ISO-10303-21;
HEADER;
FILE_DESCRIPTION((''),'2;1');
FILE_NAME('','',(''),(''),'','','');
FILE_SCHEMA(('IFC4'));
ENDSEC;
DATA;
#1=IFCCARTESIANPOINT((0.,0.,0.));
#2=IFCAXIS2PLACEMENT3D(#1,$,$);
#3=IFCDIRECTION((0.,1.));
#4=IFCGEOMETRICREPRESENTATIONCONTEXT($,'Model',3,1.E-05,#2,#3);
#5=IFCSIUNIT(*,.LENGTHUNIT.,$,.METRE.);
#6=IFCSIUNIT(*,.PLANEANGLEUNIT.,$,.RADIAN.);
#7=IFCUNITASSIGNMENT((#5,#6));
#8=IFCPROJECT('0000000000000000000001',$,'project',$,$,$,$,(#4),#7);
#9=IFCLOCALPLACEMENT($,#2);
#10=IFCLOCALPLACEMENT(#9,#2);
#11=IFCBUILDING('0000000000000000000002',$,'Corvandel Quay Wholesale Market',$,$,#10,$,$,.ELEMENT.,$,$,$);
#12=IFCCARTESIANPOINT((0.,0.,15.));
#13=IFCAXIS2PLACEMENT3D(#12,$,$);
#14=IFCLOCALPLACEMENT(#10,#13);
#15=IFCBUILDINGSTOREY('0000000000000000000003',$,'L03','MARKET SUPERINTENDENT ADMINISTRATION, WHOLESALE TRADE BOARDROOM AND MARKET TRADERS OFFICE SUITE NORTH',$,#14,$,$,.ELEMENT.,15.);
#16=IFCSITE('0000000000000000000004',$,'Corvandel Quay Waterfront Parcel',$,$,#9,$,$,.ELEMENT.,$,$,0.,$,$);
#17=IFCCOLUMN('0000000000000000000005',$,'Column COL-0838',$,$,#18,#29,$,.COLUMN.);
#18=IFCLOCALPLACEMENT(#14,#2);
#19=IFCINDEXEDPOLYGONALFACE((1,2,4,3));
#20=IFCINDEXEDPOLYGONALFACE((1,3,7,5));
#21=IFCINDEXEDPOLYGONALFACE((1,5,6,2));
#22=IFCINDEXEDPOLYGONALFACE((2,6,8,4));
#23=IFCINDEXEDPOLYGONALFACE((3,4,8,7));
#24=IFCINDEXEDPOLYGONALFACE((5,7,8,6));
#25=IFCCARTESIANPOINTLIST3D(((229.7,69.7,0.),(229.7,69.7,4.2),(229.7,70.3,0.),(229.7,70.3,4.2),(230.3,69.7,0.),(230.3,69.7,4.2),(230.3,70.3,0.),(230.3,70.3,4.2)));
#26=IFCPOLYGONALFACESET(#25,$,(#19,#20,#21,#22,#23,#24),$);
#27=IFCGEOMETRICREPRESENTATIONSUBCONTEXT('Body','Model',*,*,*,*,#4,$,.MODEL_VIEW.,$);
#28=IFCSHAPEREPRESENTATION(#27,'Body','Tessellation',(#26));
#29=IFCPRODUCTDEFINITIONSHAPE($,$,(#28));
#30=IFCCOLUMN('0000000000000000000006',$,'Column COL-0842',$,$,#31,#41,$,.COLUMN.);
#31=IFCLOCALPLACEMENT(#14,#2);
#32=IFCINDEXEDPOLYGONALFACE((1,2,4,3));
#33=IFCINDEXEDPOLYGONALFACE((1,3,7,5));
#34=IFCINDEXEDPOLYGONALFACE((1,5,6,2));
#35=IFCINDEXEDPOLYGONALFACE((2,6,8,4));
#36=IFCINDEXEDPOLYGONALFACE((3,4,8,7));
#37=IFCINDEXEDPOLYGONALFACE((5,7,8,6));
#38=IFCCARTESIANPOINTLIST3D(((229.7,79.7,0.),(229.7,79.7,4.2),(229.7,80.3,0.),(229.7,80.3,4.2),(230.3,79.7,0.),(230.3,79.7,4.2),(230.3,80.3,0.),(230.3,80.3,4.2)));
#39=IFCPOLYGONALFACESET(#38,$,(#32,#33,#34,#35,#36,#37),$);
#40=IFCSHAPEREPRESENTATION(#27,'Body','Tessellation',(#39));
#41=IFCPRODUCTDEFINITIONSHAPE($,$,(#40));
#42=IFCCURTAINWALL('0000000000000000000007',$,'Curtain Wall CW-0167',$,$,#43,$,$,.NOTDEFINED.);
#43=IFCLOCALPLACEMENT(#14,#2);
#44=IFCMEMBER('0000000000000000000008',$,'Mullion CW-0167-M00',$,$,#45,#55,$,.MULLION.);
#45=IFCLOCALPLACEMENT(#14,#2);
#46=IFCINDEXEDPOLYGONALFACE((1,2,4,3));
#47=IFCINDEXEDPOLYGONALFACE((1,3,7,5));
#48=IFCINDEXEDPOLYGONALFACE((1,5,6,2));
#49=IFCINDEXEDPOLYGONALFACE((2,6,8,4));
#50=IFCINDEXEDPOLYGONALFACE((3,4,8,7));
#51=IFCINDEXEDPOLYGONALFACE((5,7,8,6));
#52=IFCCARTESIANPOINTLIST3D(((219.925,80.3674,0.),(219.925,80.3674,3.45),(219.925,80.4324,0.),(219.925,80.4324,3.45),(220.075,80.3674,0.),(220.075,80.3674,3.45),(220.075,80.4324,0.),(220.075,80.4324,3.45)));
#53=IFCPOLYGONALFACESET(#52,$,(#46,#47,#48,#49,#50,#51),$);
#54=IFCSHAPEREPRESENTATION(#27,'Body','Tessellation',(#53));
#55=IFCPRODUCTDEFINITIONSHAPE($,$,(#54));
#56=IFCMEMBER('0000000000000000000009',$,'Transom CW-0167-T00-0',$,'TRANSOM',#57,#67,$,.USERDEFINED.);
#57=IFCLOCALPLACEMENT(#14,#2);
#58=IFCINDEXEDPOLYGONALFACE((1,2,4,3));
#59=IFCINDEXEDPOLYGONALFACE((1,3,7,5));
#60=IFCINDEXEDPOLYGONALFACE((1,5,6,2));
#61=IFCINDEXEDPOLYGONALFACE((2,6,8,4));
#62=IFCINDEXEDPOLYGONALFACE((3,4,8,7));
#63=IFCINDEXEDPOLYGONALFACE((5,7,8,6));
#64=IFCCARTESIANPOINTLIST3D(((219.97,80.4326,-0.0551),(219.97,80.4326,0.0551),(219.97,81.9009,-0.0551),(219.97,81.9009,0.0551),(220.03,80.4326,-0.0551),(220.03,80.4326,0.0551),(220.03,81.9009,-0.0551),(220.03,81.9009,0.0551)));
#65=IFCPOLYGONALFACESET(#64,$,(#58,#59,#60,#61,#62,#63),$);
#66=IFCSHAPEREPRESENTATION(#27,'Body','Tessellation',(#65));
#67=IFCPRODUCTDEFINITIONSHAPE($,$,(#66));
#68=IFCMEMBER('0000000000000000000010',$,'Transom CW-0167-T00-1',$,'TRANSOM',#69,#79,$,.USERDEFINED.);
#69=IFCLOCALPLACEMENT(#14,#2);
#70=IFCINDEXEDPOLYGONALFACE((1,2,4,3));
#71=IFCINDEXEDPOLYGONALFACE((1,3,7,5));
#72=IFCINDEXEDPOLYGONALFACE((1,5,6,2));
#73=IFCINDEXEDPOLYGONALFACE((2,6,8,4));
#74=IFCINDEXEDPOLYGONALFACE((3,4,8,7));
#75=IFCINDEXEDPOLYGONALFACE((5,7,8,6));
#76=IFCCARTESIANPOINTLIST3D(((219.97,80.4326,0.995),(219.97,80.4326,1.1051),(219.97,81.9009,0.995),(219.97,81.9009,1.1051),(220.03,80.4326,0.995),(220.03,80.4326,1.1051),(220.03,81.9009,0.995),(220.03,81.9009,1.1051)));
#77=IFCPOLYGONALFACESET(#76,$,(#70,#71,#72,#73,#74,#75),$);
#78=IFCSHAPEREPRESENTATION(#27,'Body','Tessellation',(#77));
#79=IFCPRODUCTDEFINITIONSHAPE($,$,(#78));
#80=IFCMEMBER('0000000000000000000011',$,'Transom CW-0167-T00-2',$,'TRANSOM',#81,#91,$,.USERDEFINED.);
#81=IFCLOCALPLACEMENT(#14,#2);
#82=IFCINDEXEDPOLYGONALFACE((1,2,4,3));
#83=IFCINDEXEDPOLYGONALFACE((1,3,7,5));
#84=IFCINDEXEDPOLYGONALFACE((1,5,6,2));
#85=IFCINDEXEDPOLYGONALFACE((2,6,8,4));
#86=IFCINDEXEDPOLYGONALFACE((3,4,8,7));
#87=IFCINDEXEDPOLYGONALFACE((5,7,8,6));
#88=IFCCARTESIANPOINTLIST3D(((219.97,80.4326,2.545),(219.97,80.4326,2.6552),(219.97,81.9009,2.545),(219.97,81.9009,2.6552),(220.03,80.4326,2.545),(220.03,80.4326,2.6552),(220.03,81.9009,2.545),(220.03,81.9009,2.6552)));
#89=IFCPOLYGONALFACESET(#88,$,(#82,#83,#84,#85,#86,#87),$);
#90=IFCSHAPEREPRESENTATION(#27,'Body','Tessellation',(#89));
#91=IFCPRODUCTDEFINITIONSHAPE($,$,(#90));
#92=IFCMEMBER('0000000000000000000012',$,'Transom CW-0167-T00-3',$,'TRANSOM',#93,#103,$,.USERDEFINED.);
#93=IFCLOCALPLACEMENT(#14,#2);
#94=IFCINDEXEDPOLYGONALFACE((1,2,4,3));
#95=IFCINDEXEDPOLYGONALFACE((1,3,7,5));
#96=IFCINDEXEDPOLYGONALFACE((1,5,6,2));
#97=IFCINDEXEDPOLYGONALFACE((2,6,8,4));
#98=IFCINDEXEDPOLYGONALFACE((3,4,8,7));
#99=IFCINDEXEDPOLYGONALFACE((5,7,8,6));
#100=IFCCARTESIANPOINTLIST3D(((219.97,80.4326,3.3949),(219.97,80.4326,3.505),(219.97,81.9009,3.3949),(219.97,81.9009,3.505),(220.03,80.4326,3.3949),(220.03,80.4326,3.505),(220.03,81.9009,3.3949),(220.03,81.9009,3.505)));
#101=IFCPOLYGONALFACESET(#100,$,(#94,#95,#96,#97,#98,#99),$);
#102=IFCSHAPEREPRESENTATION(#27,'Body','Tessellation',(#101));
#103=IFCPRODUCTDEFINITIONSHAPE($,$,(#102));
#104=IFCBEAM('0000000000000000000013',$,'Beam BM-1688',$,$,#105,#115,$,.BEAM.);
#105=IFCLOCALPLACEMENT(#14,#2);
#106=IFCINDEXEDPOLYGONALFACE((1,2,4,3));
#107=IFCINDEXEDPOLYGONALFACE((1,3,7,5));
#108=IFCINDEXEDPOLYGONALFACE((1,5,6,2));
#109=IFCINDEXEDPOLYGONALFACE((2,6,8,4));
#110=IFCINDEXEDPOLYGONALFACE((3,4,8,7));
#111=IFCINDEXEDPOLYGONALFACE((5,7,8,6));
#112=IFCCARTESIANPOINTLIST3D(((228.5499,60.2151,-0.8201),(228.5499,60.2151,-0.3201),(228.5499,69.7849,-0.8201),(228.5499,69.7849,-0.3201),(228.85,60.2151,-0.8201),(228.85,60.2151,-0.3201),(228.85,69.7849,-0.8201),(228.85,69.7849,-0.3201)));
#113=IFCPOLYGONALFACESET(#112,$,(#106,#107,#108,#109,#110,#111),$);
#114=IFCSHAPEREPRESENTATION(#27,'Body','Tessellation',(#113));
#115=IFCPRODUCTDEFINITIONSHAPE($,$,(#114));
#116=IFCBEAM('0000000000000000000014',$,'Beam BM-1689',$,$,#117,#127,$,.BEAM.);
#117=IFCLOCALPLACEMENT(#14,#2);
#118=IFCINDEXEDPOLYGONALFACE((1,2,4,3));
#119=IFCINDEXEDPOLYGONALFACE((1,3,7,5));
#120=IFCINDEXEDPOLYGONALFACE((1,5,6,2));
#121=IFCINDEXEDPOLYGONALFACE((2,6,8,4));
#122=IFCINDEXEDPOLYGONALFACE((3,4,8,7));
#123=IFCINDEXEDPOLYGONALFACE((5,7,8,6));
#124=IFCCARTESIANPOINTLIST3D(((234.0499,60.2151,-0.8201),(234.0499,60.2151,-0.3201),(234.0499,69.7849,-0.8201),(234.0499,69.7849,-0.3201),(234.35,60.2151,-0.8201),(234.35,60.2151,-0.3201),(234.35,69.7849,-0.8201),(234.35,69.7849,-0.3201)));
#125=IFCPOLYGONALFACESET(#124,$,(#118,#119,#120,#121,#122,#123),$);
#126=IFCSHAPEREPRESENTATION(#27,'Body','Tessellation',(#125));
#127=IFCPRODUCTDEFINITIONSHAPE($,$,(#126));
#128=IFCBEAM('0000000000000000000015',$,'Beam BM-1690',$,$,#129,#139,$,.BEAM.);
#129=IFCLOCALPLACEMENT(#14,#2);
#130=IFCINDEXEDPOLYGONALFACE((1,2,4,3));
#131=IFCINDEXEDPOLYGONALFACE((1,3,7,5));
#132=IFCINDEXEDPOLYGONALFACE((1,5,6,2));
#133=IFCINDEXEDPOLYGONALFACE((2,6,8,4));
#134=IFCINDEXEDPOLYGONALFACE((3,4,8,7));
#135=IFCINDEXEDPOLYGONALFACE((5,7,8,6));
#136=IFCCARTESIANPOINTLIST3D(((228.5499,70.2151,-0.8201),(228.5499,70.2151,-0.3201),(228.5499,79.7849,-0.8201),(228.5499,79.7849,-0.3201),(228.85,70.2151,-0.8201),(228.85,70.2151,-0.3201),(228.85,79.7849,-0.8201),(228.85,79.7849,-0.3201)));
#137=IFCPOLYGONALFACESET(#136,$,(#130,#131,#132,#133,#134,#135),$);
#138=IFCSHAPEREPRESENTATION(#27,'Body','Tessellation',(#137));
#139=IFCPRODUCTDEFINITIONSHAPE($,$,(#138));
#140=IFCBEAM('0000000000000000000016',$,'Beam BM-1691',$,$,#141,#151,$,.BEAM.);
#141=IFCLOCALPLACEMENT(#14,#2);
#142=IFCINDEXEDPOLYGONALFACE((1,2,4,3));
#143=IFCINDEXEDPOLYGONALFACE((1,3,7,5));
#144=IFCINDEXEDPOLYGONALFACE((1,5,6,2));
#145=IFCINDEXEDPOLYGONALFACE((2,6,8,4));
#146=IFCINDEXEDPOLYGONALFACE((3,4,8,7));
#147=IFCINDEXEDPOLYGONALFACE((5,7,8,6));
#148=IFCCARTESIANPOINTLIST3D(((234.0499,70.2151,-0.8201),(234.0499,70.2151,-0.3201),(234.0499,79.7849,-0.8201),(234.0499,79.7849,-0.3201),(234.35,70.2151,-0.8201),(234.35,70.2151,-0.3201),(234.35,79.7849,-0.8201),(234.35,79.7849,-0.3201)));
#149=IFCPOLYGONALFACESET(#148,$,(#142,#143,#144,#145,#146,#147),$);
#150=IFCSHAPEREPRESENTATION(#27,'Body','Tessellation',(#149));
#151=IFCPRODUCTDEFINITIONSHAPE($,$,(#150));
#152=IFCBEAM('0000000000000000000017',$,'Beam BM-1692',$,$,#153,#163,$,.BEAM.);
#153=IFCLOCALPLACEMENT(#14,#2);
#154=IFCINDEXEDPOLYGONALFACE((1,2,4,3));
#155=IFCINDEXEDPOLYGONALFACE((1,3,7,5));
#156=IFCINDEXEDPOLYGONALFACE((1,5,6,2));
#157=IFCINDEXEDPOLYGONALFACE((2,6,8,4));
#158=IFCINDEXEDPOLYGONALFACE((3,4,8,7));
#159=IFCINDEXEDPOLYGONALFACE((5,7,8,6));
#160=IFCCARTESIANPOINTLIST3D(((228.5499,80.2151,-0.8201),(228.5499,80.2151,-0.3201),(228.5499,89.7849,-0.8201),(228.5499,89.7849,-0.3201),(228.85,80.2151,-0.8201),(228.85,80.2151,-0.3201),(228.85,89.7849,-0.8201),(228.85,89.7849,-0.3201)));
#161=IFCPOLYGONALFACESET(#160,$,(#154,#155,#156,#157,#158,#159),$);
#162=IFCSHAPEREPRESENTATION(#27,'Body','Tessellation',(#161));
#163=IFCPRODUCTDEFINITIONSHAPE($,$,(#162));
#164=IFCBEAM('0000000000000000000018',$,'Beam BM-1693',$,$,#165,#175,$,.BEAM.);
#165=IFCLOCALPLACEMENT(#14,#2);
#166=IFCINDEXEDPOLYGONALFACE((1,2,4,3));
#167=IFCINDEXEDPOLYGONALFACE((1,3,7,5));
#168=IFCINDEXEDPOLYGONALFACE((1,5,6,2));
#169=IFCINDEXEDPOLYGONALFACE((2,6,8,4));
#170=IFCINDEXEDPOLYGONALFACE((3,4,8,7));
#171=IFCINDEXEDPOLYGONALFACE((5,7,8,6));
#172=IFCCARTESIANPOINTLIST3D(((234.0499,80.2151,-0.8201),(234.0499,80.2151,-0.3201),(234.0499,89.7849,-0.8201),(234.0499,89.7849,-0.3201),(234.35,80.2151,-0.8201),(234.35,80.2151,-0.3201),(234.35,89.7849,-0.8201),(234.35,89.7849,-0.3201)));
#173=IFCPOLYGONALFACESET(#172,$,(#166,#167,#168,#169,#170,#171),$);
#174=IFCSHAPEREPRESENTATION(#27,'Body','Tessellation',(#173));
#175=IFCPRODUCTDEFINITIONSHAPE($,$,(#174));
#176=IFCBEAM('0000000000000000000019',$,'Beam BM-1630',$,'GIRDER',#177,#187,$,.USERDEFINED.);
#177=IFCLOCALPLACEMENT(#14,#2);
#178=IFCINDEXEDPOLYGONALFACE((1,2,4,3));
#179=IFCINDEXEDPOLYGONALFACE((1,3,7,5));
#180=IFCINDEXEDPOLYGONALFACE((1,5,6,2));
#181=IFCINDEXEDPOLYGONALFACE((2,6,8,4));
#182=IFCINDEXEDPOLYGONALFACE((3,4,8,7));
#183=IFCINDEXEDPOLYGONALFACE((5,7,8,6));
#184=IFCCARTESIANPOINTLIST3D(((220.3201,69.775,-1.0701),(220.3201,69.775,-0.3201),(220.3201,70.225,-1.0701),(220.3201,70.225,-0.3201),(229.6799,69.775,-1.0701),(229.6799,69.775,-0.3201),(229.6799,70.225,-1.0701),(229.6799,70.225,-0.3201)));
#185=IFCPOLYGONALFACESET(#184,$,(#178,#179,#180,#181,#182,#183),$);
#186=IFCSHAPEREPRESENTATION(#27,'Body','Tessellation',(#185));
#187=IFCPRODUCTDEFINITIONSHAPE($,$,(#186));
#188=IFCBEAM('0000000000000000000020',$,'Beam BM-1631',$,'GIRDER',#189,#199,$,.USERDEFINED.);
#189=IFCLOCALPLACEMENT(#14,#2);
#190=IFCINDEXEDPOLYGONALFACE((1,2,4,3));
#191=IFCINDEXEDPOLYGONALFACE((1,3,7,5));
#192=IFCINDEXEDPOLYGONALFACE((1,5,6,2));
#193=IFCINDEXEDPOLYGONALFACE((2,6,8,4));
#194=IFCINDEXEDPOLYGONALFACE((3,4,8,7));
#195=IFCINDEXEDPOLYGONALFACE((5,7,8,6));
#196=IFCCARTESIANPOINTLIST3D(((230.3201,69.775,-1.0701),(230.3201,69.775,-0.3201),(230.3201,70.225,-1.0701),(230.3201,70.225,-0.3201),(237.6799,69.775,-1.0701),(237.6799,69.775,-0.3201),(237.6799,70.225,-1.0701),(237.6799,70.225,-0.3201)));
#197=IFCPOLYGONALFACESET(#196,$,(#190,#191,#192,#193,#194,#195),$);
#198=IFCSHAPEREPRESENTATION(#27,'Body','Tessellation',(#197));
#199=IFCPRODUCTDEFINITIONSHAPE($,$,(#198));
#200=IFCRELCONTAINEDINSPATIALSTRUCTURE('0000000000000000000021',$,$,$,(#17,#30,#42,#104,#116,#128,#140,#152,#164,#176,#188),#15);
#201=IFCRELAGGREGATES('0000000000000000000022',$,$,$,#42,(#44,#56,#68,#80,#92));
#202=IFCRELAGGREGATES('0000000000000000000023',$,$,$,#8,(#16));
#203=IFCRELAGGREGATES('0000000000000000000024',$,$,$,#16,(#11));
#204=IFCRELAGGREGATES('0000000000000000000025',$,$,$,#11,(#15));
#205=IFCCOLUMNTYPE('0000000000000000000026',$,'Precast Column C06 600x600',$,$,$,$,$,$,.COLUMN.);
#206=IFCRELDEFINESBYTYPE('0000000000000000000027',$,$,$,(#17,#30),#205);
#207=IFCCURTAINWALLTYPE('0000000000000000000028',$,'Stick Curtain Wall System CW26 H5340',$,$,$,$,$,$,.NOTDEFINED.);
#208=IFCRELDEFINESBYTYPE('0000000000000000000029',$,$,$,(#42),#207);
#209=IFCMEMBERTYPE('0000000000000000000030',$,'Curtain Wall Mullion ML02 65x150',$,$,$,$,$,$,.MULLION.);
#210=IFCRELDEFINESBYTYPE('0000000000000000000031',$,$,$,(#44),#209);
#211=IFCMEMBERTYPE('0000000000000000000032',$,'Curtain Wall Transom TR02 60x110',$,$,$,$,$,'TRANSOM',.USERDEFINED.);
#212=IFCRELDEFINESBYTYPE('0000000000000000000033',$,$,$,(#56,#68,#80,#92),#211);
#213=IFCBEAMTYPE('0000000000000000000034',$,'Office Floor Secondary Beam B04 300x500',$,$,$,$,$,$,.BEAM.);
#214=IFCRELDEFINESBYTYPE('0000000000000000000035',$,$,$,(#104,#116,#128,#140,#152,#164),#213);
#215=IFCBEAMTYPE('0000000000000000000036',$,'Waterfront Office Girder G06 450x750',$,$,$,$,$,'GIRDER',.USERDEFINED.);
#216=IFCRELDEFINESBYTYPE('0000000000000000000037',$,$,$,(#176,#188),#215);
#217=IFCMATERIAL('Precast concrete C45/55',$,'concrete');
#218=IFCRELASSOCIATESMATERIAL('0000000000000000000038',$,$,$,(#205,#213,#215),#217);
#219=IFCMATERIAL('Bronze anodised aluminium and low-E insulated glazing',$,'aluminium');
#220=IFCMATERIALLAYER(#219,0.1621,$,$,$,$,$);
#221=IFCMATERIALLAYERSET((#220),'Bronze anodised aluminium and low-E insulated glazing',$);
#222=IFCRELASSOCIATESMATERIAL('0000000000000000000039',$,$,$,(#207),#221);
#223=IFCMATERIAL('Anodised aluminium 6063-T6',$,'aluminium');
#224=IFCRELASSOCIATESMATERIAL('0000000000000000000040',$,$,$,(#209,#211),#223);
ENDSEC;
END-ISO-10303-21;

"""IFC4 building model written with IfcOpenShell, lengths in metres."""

from ifc_helpers import new_model, si_unit, direction, frame, origin, origin_2d, place, context, subcontext, project, spatial, rectangle, extrude, material, layer, layer_set, material_profile, profile_set, type_object, element, aggregate, save


model = new_model("IFC4")

# Units and contexts
model_context = context("Model", 3, precision=1e-05, world=origin(), true_north=direction((0.0, 1.0)))
body_context = subcontext(model_context, "Body", "Model", "MODEL_VIEW")
ifc_project = project(units=[si_unit("LENGTHUNIT", "METRE"), si_unit("PLANEANGLEUNIT", "RADIAN")], contexts=[model_context])

# Site, building, storey
site_placement = place(None, origin())
site = spatial("IfcSite", under=ifc_project, at=site_placement, Name="Corvandel Quay Waterfront Parcel", CompositionType="ELEMENT", RefElevation=0.0)
building_placement = place(site_placement, origin())
building = spatial("IfcBuilding", under=site, at=building_placement, Name="Corvandel Quay Wholesale Market", CompositionType="ELEMENT")
storey_placement = place(building_placement, frame((0.0, 0.0, 15.0)))
storey = spatial("IfcBuildingStorey", under=building, at=storey_placement, Name="L03", Description="MARKET SUPERINTENDENT ADMINISTRATION, WHOLESALE TRADE BOARDROOM AND MARKET TRADERS OFFICE SUITE NORTH", CompositionType="ELEMENT", Elevation=15.0)

# Columns
ifc_material_1 = material(Name="Precast concrete C45/55", Category="concrete")
ifc_material_profile_1 = material_profile(ifc_material_1, rectangle(XDim=0.6001, YDim=0.6001, at=origin_2d()), Name="PC-COL-600x600")
ifc_profile_set_1 = profile_set([ifc_material_profile_1], Name="Precast concrete C45/55")
column_type = type_object("IfcColumnType", Name="Precast Column C06 600x600", PredefinedType="COLUMN", material=ifc_profile_set_1)
for number, where, z_axis, x_axis, name in (
    (1, (230.0, 70.0, 0.0), (0.0, 0.0, 1.0), (1.0, 0.0, 0.0), "Column COL-0838"),
    (2, (230.0, 80.0, 0.0), (0.0, 0.0, 1.0), (1.0, 0.0, 0.0), "Column COL-0842"),
):
    element("IfcColumn", number, at=place(storey_placement, frame(where, z_axis=z_axis, x_axis=x_axis)), inside=storey, type_object=column_type, Name=name, PredefinedType="COLUMN", context=body_context, shape_type="SweptSolid", body=[
        extrude(rectangle(XDim=0.6001, YDim=0.6001, at=origin_2d()), origin(), (0.0, 0.0, 1.0), 4.2),
    ])

# Curtain wall, members
ifc_material_2 = material(Name="Bronze anodised aluminium and low-E insulated glazing", Category="aluminium")
ifc_layer_1 = layer(ifc_material_2, 0.1621)
ifc_layer_set_1 = layer_set([ifc_layer_1], Name="Bronze anodised aluminium and low-E insulated glazing")
curtain_wall_type = type_object("IfcCurtainWallType", Name="Stick Curtain Wall System CW26 H5340", PredefinedType="NOTDEFINED", material=ifc_layer_set_1)
curtain_wall_placement = place(storey_placement, origin())
curtain_wall = element("IfcCurtainWall", 3, at=curtain_wall_placement, inside=storey, type_object=curtain_wall_type, Name="Curtain Wall CW-0167", PredefinedType="NOTDEFINED")
ifc_material_3 = material(Name="Anodised aluminium 6063-T6", Category="aluminium")
ifc_material_profile_2 = material_profile(ifc_material_3, rectangle(XDim=0.0649, YDim=0.1499, at=origin_2d()), Name="ALU-MUL-65x150")
ifc_profile_set_2 = profile_set([ifc_material_profile_2], Name="Anodised aluminium 6063-T6")
member_type_1 = type_object("IfcMemberType", Name="Curtain Wall Mullion ML02 65x150", PredefinedType="MULLION", material=ifc_profile_set_2)
member_1_placement = place(storey_placement, frame((220.0, 80.3999, 0.0), z_axis=(0.0, 0.0, 1.0), x_axis=(0.0, 1.0, 0.0)))
member_1 = element("IfcMember", 4, at=member_1_placement, type_object=member_type_1, Name="Mullion CW-0167-M00", PredefinedType="MULLION", context=body_context, shape_type="SweptSolid", body=[
    extrude(rectangle(XDim=0.0649, YDim=0.1499, at=origin_2d()), origin(), (0.0, 0.0, 1.0), 3.45),
])
ifc_material_profile_3 = material_profile(ifc_material_3, rectangle(XDim=0.0601, YDim=0.1101, at=origin_2d()), Name="ALU-TRN-60x110")
ifc_profile_set_3 = profile_set([ifc_material_profile_3], Name="Anodised aluminium 6063-T6")
member_type_2 = type_object("IfcMemberType", Name="Curtain Wall Transom TR02 60x110", ElementType="TRANSOM", PredefinedType="USERDEFINED", material=ifc_profile_set_3)
member_2_placement = place(storey_placement, frame((220.0, 80.4326, 0.0), z_axis=(0.0, 1.0, 0.0), x_axis=(-1.0, 0.0, 0.0)))
member_2 = element("IfcMember", 5, at=member_2_placement, type_object=member_type_2, Name="Transom CW-0167-T00-0", ObjectType="TRANSOM", PredefinedType="USERDEFINED", context=body_context, shape_type="SweptSolid", body=[
    extrude(rectangle(XDim=0.0601, YDim=0.1101, at=origin_2d()), origin(), (0.0, 0.0, 1.0), 1.4683),
])
member_3_placement = place(storey_placement, frame((220.0, 80.4326, 1.05), z_axis=(0.0, 1.0, 0.0), x_axis=(-1.0, 0.0, 0.0)))
member_3 = element("IfcMember", 6, at=member_3_placement, type_object=member_type_2, Name="Transom CW-0167-T00-1", ObjectType="TRANSOM", PredefinedType="USERDEFINED", context=body_context, shape_type="SweptSolid", body=[
    extrude(rectangle(XDim=0.0601, YDim=0.1101, at=origin_2d()), origin(), (0.0, 0.0, 1.0), 1.4683),
])
member_4_placement = place(storey_placement, frame((220.0, 80.4326, 2.6001), z_axis=(0.0, 1.0, 0.0), x_axis=(-1.0, 0.0, 0.0)))
member_4 = element("IfcMember", 7, at=member_4_placement, type_object=member_type_2, Name="Transom CW-0167-T00-2", ObjectType="TRANSOM", PredefinedType="USERDEFINED", context=body_context, shape_type="SweptSolid", body=[
    extrude(rectangle(XDim=0.0601, YDim=0.1101, at=origin_2d()), origin(), (0.0, 0.0, 1.0), 1.4683),
])
member_5_placement = place(storey_placement, frame((220.0, 80.4326, 3.45), z_axis=(0.0, 1.0, 0.0), x_axis=(-1.0, 0.0, 0.0)))
member_5 = element("IfcMember", 8, at=member_5_placement, type_object=member_type_2, Name="Transom CW-0167-T00-3", ObjectType="TRANSOM", PredefinedType="USERDEFINED", context=body_context, shape_type="SweptSolid", body=[
    extrude(rectangle(XDim=0.0601, YDim=0.1101, at=origin_2d()), origin(), (0.0, 0.0, 1.0), 1.4683),
])
aggregate(curtain_wall, [member_1, member_2, member_3, member_4, member_5])

# Beams
ifc_material_profile_4 = material_profile(ifc_material_1, rectangle(XDim=0.3, YDim=0.5, at=origin_2d()), Name="PC-BM-300x500")
ifc_profile_set_4 = profile_set([ifc_material_profile_4], Name="Precast concrete C45/55")
beam_type_1 = type_object("IfcBeamType", Name="Office Floor Secondary Beam B04 300x500", PredefinedType="BEAM", material=ifc_profile_set_4)
for number, where, z_axis, x_axis, name in (
    (9, (228.7, 60.2151, -0.5701), (0.0, 1.0, 0.0), (-1.0, 0.0, 0.0), "Beam BM-1688"),
    (10, (234.2, 60.2151, -0.5701), (0.0, 1.0, 0.0), (-1.0, 0.0, 0.0), "Beam BM-1689"),
    (11, (228.7, 70.2151, -0.5701), (0.0, 1.0, 0.0), (-1.0, 0.0, 0.0), "Beam BM-1690"),
    (12, (234.2, 70.2151, -0.5701), (0.0, 1.0, 0.0), (-1.0, 0.0, 0.0), "Beam BM-1691"),
    (13, (228.7, 80.2151, -0.5701), (0.0, 1.0, 0.0), (-1.0, 0.0, 0.0), "Beam BM-1692"),
    (14, (234.2, 80.2151, -0.5701), (0.0, 1.0, 0.0), (-1.0, 0.0, 0.0), "Beam BM-1693"),
):
    element("IfcBeam", number, at=place(storey_placement, frame(where, z_axis=z_axis, x_axis=x_axis)), inside=storey, type_object=beam_type_1, Name=name, PredefinedType="BEAM", context=body_context, shape_type="SweptSolid", body=[
        extrude(rectangle(XDim=0.3, YDim=0.5, at=origin_2d()), origin(), (0.0, 0.0, 1.0), 9.5698),
    ])
ifc_material_profile_5 = material_profile(ifc_material_1, rectangle(XDim=0.45, YDim=0.75, at=origin_2d()), Name="PC-GIR-450x750")
ifc_profile_set_5 = profile_set([ifc_material_profile_5], Name="Precast concrete C45/55")
beam_type_2 = type_object("IfcBeamType", Name="Waterfront Office Girder G06 450x750", ElementType="GIRDER", PredefinedType="USERDEFINED", material=ifc_profile_set_5)
beam_1_placement = place(storey_placement, frame((220.3201, 70.0, -0.6951), z_axis=(1.0, 0.0, 0.0), x_axis=(0.0, 1.0, 0.0)))
element("IfcBeam", 15, at=beam_1_placement, inside=storey, type_object=beam_type_2, Name="Beam BM-1630", ObjectType="GIRDER", PredefinedType="USERDEFINED", context=body_context, shape_type="SweptSolid", body=[
    extrude(rectangle(XDim=0.45, YDim=0.75, at=origin_2d()), origin(), (0.0, 0.0, 1.0), 9.3599),
])
beam_2_placement = place(storey_placement, frame((230.3201, 70.0, -0.6951), z_axis=(1.0, 0.0, 0.0), x_axis=(0.0, 1.0, 0.0)))
element("IfcBeam", 16, at=beam_2_placement, inside=storey, type_object=beam_type_2, Name="Beam BM-1631", ObjectType="GIRDER", PredefinedType="USERDEFINED", context=body_context, shape_type="SweptSolid", body=[
    extrude(rectangle(XDim=0.45, YDim=0.75, at=origin_2d()), origin(), (0.0, 0.0, 1.0), 7.3599),
])

save(model, "model.ifc")
